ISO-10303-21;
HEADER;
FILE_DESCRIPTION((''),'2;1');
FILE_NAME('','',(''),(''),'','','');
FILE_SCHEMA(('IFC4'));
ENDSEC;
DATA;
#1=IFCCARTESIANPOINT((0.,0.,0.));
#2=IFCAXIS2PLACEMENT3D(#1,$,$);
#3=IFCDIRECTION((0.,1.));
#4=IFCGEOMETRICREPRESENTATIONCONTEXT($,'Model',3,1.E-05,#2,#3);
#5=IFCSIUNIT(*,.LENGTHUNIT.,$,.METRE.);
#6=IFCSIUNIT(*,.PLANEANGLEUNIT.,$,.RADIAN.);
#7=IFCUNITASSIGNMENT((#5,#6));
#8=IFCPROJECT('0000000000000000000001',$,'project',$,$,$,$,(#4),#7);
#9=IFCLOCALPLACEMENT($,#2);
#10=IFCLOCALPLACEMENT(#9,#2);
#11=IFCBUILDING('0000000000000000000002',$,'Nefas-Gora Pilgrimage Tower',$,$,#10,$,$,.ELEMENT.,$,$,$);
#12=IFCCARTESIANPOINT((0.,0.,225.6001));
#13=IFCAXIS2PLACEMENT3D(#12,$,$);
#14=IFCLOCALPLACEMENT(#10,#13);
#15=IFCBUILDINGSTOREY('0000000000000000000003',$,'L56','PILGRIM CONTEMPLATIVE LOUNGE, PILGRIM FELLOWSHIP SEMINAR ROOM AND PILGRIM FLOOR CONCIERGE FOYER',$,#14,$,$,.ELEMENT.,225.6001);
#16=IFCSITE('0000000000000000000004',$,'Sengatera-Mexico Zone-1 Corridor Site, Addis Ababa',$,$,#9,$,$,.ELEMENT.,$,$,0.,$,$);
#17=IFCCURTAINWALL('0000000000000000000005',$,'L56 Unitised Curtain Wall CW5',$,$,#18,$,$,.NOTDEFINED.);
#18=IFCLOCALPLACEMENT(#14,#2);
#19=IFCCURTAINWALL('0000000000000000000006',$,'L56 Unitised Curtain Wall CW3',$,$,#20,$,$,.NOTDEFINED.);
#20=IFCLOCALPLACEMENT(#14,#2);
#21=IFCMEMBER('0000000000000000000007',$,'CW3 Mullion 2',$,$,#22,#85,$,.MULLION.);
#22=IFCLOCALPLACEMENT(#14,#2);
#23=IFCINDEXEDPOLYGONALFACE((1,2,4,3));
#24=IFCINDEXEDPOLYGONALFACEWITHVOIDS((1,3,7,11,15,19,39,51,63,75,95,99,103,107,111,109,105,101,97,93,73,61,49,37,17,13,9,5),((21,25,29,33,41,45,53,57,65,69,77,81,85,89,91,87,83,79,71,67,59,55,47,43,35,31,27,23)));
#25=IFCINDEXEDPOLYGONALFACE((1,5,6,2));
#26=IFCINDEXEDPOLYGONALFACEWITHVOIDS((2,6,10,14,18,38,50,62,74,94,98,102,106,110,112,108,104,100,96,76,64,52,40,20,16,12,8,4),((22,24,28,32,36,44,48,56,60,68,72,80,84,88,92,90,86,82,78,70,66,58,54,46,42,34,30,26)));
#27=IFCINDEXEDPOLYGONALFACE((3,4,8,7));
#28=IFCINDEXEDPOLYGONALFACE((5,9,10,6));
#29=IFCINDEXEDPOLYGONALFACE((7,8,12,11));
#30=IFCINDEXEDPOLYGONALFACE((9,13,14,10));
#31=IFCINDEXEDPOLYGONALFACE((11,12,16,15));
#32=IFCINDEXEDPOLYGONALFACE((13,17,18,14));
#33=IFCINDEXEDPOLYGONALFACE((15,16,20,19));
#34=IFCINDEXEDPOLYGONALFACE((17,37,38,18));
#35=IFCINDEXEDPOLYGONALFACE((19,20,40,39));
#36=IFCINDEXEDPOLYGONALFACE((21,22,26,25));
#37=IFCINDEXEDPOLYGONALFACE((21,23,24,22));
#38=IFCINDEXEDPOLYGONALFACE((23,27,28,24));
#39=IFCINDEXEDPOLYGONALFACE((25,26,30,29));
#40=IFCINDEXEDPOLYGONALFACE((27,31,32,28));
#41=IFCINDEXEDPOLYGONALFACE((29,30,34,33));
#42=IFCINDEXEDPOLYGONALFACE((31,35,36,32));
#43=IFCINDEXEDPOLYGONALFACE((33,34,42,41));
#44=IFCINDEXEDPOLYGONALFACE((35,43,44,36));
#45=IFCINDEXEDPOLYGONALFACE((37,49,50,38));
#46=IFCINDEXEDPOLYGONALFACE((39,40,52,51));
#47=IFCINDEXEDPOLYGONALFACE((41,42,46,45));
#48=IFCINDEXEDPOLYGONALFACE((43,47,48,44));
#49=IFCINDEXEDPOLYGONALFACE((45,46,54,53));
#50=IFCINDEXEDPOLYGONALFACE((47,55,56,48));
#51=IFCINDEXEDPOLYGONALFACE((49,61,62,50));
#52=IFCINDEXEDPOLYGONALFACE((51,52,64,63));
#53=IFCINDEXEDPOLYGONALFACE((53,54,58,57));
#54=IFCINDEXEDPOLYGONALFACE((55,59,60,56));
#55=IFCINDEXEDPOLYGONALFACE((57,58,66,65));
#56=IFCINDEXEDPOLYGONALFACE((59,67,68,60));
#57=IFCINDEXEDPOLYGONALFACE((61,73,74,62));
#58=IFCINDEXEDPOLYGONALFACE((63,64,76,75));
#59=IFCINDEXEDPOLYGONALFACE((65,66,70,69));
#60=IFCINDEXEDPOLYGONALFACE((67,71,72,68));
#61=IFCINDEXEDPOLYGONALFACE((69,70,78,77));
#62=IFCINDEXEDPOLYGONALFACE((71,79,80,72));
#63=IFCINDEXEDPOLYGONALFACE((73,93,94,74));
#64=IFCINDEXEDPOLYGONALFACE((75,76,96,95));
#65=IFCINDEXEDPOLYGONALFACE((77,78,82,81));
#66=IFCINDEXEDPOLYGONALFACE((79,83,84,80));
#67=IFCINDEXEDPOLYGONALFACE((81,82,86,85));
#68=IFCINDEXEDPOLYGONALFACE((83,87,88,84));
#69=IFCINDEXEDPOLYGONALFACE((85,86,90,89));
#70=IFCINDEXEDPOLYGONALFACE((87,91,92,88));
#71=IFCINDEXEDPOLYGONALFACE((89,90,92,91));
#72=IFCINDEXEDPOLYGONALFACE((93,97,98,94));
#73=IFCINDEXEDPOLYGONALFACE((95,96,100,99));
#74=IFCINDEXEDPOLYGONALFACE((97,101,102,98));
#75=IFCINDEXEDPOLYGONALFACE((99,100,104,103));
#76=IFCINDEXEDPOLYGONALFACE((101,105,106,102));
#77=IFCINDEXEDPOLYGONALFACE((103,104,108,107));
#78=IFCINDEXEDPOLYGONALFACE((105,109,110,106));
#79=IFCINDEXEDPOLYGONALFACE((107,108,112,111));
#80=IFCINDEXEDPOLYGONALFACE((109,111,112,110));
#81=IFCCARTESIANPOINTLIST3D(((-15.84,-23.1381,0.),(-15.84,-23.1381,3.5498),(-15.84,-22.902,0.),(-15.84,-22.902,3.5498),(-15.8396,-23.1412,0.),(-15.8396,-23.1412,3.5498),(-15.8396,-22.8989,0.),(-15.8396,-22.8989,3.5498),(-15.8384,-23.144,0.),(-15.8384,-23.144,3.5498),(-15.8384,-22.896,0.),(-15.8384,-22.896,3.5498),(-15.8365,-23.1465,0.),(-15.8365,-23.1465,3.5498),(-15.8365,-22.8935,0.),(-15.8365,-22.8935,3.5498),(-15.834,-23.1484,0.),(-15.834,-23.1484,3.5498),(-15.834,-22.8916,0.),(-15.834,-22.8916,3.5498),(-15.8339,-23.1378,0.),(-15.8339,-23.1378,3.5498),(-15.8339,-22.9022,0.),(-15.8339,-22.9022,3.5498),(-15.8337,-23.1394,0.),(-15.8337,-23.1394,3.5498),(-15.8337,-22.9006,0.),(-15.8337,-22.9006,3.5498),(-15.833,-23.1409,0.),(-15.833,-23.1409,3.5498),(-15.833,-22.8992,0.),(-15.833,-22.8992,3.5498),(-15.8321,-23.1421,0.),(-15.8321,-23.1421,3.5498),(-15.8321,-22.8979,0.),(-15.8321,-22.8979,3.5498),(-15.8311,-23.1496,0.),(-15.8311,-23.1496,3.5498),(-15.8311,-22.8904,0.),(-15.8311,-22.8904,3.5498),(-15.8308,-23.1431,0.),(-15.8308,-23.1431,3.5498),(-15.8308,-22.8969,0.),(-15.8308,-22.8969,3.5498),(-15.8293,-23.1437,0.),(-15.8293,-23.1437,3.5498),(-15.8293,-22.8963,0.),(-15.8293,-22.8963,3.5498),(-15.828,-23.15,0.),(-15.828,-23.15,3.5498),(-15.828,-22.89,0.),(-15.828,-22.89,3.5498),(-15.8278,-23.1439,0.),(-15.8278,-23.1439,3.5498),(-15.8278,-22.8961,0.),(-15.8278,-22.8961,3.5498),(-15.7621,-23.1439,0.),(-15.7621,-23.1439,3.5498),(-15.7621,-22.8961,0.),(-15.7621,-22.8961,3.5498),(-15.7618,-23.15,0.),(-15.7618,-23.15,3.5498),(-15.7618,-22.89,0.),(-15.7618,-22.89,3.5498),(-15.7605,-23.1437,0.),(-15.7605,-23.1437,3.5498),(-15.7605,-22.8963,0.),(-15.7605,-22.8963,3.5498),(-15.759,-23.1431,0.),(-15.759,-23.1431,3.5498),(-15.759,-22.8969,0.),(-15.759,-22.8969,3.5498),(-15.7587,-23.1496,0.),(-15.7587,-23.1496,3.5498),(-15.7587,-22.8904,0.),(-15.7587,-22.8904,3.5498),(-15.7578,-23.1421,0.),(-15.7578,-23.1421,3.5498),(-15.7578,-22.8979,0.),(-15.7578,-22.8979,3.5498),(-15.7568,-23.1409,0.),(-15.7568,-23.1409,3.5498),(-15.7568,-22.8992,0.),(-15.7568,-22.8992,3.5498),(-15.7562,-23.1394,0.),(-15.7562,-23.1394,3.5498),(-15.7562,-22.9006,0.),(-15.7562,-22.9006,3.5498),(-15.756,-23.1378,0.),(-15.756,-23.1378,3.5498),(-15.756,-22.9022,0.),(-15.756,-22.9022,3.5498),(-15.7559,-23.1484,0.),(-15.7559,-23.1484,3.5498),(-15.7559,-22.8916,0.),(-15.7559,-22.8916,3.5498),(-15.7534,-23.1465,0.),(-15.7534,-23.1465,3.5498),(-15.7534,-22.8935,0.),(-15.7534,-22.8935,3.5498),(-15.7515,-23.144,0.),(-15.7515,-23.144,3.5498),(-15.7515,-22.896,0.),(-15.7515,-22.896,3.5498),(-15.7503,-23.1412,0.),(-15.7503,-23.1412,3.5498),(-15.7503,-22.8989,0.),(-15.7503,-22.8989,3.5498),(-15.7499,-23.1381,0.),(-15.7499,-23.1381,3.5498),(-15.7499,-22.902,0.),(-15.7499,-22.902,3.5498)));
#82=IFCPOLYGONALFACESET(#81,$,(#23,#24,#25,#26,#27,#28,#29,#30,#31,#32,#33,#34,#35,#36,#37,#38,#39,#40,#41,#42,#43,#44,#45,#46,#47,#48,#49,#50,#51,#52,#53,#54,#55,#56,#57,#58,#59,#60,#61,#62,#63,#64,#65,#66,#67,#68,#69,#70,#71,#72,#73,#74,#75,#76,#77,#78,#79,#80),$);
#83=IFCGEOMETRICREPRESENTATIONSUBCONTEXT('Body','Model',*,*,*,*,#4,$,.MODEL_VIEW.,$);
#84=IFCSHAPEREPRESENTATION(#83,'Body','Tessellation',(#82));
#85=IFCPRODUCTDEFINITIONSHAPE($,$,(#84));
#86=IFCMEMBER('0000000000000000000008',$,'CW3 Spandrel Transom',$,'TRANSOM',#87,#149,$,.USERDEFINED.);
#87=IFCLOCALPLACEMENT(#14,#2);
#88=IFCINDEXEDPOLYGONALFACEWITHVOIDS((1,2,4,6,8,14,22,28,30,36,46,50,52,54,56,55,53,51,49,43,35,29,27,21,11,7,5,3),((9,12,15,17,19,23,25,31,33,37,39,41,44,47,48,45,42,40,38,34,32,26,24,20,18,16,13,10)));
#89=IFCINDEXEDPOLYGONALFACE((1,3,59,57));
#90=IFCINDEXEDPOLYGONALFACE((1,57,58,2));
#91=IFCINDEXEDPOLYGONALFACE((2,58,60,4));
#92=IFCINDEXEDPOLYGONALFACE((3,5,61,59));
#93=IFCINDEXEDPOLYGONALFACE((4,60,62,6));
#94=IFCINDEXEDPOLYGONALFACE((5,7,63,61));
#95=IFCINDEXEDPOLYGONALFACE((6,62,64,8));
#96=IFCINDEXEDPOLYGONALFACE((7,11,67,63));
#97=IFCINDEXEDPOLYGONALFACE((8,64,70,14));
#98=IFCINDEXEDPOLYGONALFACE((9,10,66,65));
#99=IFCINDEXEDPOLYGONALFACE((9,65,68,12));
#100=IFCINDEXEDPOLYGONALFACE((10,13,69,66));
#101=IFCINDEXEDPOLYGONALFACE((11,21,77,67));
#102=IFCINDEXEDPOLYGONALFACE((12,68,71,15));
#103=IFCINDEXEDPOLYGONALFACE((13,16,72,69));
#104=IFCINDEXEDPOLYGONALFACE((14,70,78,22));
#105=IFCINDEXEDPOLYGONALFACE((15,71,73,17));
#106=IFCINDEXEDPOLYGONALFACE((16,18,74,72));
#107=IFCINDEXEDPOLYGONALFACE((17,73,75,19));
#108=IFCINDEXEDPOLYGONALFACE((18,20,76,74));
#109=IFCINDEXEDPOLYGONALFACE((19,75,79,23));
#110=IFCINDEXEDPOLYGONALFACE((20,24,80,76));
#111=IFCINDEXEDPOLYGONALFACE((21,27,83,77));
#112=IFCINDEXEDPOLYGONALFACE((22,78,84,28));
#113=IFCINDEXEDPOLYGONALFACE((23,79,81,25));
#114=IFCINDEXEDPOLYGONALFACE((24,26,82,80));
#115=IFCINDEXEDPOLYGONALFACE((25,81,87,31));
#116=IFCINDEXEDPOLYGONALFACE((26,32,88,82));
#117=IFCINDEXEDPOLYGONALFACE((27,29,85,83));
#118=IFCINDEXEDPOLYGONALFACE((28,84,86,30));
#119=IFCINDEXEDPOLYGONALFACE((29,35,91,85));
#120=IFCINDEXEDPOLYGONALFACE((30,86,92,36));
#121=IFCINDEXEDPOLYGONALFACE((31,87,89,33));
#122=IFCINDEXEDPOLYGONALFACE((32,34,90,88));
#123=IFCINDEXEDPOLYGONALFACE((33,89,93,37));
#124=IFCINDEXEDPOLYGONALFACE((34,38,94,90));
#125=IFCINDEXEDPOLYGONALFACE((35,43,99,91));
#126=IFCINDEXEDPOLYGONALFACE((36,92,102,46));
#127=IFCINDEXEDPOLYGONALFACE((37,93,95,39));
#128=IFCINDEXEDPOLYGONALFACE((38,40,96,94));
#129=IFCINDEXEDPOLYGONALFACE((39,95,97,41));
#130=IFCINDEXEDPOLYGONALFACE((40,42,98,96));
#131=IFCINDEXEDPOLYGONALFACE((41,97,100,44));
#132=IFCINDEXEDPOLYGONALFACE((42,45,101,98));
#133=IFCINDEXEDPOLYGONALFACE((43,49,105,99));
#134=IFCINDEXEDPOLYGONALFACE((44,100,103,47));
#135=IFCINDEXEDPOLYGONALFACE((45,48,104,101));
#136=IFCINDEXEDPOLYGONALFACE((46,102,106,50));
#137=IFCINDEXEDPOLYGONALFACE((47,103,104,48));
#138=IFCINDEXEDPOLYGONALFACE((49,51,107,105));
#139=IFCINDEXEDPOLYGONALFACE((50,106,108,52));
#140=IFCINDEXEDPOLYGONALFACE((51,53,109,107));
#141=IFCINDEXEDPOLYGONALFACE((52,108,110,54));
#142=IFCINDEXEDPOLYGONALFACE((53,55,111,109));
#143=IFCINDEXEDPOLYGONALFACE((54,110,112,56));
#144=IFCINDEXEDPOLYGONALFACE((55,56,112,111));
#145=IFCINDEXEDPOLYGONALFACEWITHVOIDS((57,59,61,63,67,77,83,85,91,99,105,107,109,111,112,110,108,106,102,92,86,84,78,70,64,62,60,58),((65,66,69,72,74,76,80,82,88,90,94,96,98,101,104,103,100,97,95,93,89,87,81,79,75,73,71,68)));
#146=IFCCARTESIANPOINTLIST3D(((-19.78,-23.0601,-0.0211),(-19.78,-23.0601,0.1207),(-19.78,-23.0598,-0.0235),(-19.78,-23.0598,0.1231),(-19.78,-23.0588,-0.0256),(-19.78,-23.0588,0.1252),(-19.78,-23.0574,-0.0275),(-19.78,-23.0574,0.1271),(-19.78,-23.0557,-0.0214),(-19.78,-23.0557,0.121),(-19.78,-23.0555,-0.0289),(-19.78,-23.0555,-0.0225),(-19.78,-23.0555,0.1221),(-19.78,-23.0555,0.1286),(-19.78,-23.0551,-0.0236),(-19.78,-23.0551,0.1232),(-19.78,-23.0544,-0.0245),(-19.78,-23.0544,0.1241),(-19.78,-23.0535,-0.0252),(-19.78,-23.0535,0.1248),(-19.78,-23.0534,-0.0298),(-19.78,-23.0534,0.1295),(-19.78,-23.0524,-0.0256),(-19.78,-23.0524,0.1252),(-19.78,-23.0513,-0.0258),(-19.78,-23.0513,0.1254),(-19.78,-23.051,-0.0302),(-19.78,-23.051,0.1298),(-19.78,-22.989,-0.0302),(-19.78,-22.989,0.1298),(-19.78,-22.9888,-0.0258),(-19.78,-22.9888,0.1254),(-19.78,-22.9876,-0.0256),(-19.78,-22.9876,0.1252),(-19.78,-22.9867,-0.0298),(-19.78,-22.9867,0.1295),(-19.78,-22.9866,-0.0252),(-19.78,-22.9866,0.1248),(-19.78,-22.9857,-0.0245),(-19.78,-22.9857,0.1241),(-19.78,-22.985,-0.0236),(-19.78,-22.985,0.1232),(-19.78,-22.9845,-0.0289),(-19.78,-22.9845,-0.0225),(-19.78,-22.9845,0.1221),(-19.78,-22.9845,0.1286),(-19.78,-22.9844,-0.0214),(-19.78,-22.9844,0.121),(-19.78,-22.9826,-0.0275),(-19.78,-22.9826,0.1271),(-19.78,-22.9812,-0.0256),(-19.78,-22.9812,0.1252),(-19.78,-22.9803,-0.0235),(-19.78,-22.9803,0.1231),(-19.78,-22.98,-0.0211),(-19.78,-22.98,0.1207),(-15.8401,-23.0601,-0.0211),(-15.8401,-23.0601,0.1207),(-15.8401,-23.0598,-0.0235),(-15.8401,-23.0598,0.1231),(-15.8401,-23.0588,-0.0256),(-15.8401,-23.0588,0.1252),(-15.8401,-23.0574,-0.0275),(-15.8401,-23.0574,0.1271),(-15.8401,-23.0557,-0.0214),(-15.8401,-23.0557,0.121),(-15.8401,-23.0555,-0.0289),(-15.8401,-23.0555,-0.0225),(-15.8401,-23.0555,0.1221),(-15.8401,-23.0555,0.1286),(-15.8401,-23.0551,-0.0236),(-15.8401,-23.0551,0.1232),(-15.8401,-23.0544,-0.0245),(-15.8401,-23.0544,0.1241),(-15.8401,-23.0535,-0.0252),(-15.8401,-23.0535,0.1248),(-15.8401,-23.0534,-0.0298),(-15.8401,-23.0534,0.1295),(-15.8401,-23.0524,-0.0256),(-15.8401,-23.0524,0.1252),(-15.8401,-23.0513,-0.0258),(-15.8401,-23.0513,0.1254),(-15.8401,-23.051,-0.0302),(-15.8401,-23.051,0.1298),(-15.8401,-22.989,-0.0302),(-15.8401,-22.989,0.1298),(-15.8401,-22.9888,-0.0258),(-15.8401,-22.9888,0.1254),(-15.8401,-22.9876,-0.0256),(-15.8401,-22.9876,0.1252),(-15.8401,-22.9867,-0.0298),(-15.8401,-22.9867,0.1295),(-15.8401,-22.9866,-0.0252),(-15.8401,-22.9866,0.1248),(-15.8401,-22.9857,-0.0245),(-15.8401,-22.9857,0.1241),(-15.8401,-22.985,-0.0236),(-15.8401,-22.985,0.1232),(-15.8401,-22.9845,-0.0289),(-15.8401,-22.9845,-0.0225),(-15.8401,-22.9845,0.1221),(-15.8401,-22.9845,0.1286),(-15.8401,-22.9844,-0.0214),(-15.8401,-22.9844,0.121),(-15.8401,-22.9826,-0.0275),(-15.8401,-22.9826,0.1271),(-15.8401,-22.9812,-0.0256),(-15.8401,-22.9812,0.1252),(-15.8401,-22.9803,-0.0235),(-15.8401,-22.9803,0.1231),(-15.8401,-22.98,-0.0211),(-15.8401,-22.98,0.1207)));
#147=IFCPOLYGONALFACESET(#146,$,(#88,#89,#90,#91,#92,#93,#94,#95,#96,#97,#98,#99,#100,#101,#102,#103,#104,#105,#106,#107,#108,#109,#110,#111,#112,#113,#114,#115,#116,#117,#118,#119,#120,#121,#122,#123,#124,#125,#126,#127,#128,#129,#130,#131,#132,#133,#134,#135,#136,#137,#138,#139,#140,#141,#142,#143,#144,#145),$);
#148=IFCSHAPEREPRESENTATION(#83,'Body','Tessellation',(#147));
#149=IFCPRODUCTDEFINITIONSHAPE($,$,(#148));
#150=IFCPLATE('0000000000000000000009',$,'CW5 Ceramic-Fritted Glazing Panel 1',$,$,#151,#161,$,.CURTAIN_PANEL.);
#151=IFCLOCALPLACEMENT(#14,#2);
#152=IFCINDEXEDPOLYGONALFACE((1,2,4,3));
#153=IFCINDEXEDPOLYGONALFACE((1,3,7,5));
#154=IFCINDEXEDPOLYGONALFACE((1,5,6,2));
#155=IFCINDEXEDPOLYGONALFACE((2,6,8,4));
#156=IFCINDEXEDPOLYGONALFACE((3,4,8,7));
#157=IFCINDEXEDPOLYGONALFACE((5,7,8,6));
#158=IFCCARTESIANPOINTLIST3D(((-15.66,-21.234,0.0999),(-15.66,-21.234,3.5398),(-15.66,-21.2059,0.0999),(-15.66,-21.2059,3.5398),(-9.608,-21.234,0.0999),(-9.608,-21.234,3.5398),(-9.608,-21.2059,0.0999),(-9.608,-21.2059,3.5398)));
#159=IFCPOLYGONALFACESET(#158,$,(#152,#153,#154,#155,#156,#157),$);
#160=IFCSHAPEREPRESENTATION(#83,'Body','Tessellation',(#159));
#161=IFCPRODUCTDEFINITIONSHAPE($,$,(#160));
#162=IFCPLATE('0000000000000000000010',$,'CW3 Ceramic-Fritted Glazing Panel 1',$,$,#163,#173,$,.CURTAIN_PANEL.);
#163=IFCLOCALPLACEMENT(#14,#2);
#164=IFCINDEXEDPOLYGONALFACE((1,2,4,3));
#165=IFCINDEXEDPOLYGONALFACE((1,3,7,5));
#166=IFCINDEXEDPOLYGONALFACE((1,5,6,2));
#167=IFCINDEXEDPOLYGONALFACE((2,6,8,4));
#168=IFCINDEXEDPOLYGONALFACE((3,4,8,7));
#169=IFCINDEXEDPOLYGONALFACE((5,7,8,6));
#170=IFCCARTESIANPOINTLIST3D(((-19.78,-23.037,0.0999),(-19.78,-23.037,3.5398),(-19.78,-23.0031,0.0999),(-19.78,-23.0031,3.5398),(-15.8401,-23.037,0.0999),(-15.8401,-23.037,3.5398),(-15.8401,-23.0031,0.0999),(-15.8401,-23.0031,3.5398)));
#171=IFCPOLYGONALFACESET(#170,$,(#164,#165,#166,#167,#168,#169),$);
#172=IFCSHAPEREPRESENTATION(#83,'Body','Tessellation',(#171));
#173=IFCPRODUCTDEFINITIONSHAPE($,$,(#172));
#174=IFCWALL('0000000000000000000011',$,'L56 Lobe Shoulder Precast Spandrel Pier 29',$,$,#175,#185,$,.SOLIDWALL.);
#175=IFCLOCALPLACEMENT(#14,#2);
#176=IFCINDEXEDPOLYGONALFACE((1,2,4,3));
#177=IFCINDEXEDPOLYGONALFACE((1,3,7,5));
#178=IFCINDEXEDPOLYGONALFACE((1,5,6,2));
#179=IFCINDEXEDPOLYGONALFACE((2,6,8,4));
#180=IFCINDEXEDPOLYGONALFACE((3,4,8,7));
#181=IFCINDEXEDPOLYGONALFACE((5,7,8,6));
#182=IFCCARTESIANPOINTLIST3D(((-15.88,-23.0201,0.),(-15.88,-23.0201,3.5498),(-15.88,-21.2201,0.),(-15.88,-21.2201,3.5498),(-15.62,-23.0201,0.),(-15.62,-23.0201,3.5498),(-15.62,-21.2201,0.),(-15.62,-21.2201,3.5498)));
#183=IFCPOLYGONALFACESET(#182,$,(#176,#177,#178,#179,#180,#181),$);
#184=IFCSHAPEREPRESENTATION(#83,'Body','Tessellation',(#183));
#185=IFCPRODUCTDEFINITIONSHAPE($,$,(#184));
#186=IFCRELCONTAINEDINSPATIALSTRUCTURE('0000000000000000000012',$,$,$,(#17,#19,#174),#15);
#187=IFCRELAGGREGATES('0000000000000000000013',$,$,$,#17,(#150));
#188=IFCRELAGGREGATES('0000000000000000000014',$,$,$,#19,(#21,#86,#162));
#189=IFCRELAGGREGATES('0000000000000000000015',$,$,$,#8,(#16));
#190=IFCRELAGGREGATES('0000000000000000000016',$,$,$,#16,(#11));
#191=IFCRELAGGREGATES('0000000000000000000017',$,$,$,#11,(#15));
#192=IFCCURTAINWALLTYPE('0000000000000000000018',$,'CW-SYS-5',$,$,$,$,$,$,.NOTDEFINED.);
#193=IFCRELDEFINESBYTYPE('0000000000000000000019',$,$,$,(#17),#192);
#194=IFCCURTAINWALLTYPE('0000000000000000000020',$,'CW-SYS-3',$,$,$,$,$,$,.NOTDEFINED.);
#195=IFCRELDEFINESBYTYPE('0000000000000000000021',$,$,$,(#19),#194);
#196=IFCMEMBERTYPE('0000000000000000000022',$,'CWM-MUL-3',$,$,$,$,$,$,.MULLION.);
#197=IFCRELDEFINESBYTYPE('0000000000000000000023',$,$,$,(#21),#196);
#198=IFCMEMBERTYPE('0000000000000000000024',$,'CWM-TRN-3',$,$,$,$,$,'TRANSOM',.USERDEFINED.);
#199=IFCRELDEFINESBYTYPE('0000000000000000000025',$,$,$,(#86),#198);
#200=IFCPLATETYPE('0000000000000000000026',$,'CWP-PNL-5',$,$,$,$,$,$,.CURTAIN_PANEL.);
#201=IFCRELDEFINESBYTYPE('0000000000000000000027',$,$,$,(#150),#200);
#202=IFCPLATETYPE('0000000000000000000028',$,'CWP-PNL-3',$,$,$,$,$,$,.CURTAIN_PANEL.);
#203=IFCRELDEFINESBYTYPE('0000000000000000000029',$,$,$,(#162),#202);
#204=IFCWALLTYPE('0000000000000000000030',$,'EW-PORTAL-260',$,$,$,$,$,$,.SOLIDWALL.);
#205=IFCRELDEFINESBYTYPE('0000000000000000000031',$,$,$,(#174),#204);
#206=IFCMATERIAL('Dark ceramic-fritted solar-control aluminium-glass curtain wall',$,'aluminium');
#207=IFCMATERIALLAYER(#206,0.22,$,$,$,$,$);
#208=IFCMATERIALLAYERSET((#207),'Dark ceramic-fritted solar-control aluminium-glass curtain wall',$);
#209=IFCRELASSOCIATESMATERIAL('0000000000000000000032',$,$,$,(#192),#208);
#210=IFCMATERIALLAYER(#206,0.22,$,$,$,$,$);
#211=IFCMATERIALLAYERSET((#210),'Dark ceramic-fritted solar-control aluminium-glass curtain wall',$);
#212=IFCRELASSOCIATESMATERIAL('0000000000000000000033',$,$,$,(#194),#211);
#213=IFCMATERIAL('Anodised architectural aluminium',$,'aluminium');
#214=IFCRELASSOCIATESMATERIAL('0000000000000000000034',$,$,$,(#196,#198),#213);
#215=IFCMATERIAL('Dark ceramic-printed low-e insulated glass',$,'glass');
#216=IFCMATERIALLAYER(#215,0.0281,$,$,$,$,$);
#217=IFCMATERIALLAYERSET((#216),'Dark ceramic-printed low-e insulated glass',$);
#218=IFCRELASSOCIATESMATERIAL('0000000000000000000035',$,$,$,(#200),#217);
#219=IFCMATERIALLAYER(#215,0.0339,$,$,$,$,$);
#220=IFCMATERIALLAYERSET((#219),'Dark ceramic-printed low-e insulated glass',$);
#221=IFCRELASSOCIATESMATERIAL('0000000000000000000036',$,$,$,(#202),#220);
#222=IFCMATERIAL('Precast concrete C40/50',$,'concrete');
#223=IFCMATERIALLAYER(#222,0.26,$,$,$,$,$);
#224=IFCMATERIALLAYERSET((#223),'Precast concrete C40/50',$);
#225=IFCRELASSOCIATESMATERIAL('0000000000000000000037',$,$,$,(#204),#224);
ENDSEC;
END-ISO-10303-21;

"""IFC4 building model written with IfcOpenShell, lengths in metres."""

from ifc_helpers import new_model, si_unit, direction, frame, frame_2d, origin, origin_2d, place, context, subcontext, project, spatial, rectangle, hollow_rectangle, extrude, source, transform, mapped, material, layer, layer_set, material_profile, profile_set, type_object, element, aggregate, save


model = new_model("IFC4")

# Units and contexts
model_context = context("Model", 3, precision=1e-05, world=origin(), true_north=direction((0.0, 1.0)))
body_context = subcontext(model_context, "Body", "Model", "MODEL_VIEW")
ifc_project = project(units=[si_unit("LENGTHUNIT", "METRE"), si_unit("PLANEANGLEUNIT", "RADIAN")], contexts=[model_context])

# Site, building, storey
site_placement = place(None, origin())
site = spatial("IfcSite", under=ifc_project, at=site_placement, Name="Sengatera-Mexico Zone-1 Corridor Site, Addis Ababa", CompositionType="ELEMENT", RefElevation=0.0)
building_placement = place(site_placement, origin())
building = spatial("IfcBuilding", under=site, at=building_placement, Name="Nefas-Gora Pilgrimage Tower", CompositionType="ELEMENT")
storey_placement = place(building_placement, frame((0.0, 0.0, 225.6001)))
storey = spatial("IfcBuildingStorey", under=building, at=storey_placement, Name="L56", Description="PILGRIM CONTEMPLATIVE LOUNGE, PILGRIM FELLOWSHIP SEMINAR ROOM AND PILGRIM FLOOR CONCIERGE FOYER", CompositionType="ELEMENT", Elevation=225.6001)

# Curtain wall
ifc_material_1 = material(Name="Dark ceramic-fritted solar-control aluminium-glass curtain wall", Category="aluminium")
ifc_layer_1 = layer(ifc_material_1, 0.22)
ifc_layer_set_1 = layer_set([ifc_layer_1], Name="Dark ceramic-fritted solar-control aluminium-glass curtain wall")
curtain_wall_type_1 = type_object("IfcCurtainWallType", Name="CW-SYS-5", PredefinedType="NOTDEFINED", material=ifc_layer_set_1)
curtain_wall_1_placement = place(storey_placement, origin())
curtain_wall_1 = element("IfcCurtainWall", 1, at=curtain_wall_1_placement, inside=storey, type_object=curtain_wall_type_1, Name="L56 Unitised Curtain Wall CW5", PredefinedType="NOTDEFINED")
ifc_material_2 = material(Name="Anodised architectural aluminium", Category="aluminium")

# Shared definitions
ifc_layer_2 = layer(ifc_material_1, 0.22)
ifc_layer_set_2 = layer_set([ifc_layer_2], Name="Dark ceramic-fritted solar-control aluminium-glass curtain wall")
curtain_wall_type_2 = type_object("IfcCurtainWallType", Name="CW-SYS-3", PredefinedType="NOTDEFINED", material=ifc_layer_set_2)
ifc_material_profile_1 = material_profile(ifc_material_2, hollow_rectangle(XDim=0.0901, YDim=0.26, WallThickness=0.0061, InnerFilletRadius=0.0061, OuterFilletRadius=0.012, at=origin_2d()), Name="ALU MULLION 90x260")
ifc_profile_set_1 = profile_set([ifc_material_profile_1], Name="Anodised architectural aluminium")
member_type_1 = type_object("IfcMemberType", Name="CWM-MUL-3", PredefinedType="MULLION", material=ifc_profile_set_1)
shared_shape_1 = source(origin(), body_context, "Body", "SweptSolid", [
    extrude(hollow_rectangle(XDim=0.0901, YDim=0.26, WallThickness=0.0061, InnerFilletRadius=0.0061, OuterFilletRadius=0.012, at=origin_2d()), origin(), (0.0, 0.0, 1.0), 3.5498),
])

# Curtain wall, members
curtain_wall_2_placement = place(storey_placement, origin())
curtain_wall_2 = element("IfcCurtainWall", 2, at=curtain_wall_2_placement, inside=storey, type_object=curtain_wall_type_2, Name="L56 Unitised Curtain Wall CW3", PredefinedType="NOTDEFINED")
member_1_placement = place(storey_placement, frame((-15.7949, -23.02, 0.0), z_axis=(0.0, 0.0, 1.0), x_axis=(1.0, 0.0, 0.0)))
member_1 = element("IfcMember", 3, at=member_1_placement, type_object=member_type_1, Name="CW3 Mullion 2", PredefinedType="MULLION", context=body_context, shape_type="MappedRepresentation", body=[
    mapped(shared_shape_1, transform((0.0, 0.0, 0.0), x_axis=(1.0, 0.0, 0.0), y_axis=(0.0, 1.0, 0.0), z_axis=(0.0, 0.0, 1.0), scale=1.0)),
])
ifc_material_profile_2 = material_profile(ifc_material_2, hollow_rectangle(XDim=0.0801, YDim=0.1599, WallThickness=0.0044, InnerFilletRadius=0.0044, OuterFilletRadius=0.009, at=origin_2d()), Name="ALU TRANSOM 80x160")
ifc_profile_set_2 = profile_set([ifc_material_profile_2], Name="Anodised architectural aluminium")
member_type_2 = type_object("IfcMemberType", Name="CWM-TRN-3", ElementType="TRANSOM", PredefinedType="USERDEFINED", material=ifc_profile_set_2)
shared_shape_2 = source(origin(), body_context, "Body", "SweptSolid", [
    extrude(hollow_rectangle(XDim=0.0801, YDim=0.1599, WallThickness=0.0044, InnerFilletRadius=0.0044, OuterFilletRadius=0.009, at=origin_2d()), origin(), (0.0, 0.0, 1.0), 3.9399),
])
member_2_placement = place(storey_placement, frame((-19.78, -23.02, 0.0498), z_axis=(1.0, 0.0, 0.0), x_axis=(0.0, 1.0, 0.0)))
member_2 = element("IfcMember", 4, at=member_2_placement, type_object=member_type_2, Name="CW3 Spandrel Transom", ObjectType="TRANSOM", PredefinedType="USERDEFINED", context=body_context, shape_type="MappedRepresentation", body=[
    mapped(shared_shape_2, transform((0.0, 0.0, 0.0), x_axis=(1.0, 0.0, 0.0), y_axis=(0.0, 1.0, 0.0), z_axis=(0.0, 0.0, 1.0), scale=1.0)),
])

# Plates
ifc_material_3 = material(Name="Dark ceramic-printed low-e insulated glass", Category="glass")
ifc_layer_3 = layer(ifc_material_3, 0.0281)
ifc_layer_set_3 = layer_set([ifc_layer_3], Name="Dark ceramic-printed low-e insulated glass")
plate_type_1 = type_object("IfcPlateType", Name="CWP-PNL-5", PredefinedType="CURTAIN_PANEL", material=ifc_layer_set_3)
shared_shape_3 = source(origin(), body_context, "Body", "SweptSolid", [
    extrude(rectangle(XDim=6.052, YDim=0.0281, at=origin_2d()), origin(), (0.0, 0.0, 1.0), 3.4399),
])
plate_1_placement = place(storey_placement, frame((-12.634, -21.22, 0.0999), z_axis=(0.0, 0.0, 1.0), x_axis=(1.0, 0.0, 0.0)))
plate_1 = element("IfcPlate", 5, at=plate_1_placement, type_object=plate_type_1, Name="CW5 Ceramic-Fritted Glazing Panel 1", PredefinedType="CURTAIN_PANEL", context=body_context, shape_type="MappedRepresentation", body=[
    mapped(shared_shape_3, transform((0.0, 0.0, 0.0), x_axis=(1.0, 0.0, 0.0), y_axis=(0.0, 1.0, 0.0), z_axis=(0.0, 0.0, 1.0), scale=1.0)),
])
aggregate(curtain_wall_1, [plate_1])
ifc_layer_4 = layer(ifc_material_3, 0.0339)
ifc_layer_set_4 = layer_set([ifc_layer_4], Name="Dark ceramic-printed low-e insulated glass")
plate_type_2 = type_object("IfcPlateType", Name="CWP-PNL-3", PredefinedType="CURTAIN_PANEL", material=ifc_layer_set_4)
shared_shape_4 = source(origin(), body_context, "Body", "SweptSolid", [
    extrude(rectangle(XDim=3.9399, YDim=0.0339, at=origin_2d()), origin(), (0.0, 0.0, 1.0), 3.4399),
])
plate_2_placement = place(storey_placement, frame((-17.8101, -23.02, 0.0999), z_axis=(0.0, 0.0, 1.0), x_axis=(1.0, 0.0, 0.0)))
plate_2 = element("IfcPlate", 6, at=plate_2_placement, type_object=plate_type_2, Name="CW3 Ceramic-Fritted Glazing Panel 1", PredefinedType="CURTAIN_PANEL", context=body_context, shape_type="MappedRepresentation", body=[
    mapped(shared_shape_4, transform((0.0, 0.0, 0.0), x_axis=(1.0, 0.0, 0.0), y_axis=(0.0, 1.0, 0.0), z_axis=(0.0, 0.0, 1.0), scale=1.0)),
])
aggregate(curtain_wall_2, [member_1, member_2, plate_2])

# Wall
ifc_material_4 = material(Name="Precast concrete C40/50", Category="concrete")
ifc_layer_5 = layer(ifc_material_4, 0.26)
ifc_layer_set_5 = layer_set([ifc_layer_5], Name="Precast concrete C40/50")
wall_type_1 = type_object("IfcWallType", Name="EW-PORTAL-260", PredefinedType="SOLIDWALL", material=ifc_layer_set_5)
shared_shape_5 = source(origin(), body_context, "Body", "SweptSolid", [
    extrude(rectangle(XDim=1.8, YDim=0.26, at=frame_2d((0.8999, 0.0))), origin(), (0.0, 0.0, 1.0), 3.5498),
])
wall_1_placement = place(storey_placement, frame((-15.75, -23.02, 0.0), z_axis=(0.0, 0.0, 1.0), x_axis=(0.0, 1.0, 0.0)))
element("IfcWall", 7, at=wall_1_placement, inside=storey, type_object=wall_type_1, Name="L56 Lobe Shoulder Precast Spandrel Pier 29", PredefinedType="SOLIDWALL", context=body_context, shape_type="MappedRepresentation", body=[
    mapped(shared_shape_5, transform((0.0, 0.0, 0.0), x_axis=(1.0, 0.0, 0.0), y_axis=(0.0, 1.0, 0.0), z_axis=(0.0, 0.0, 1.0), scale=1.0)),
])

save(model, "model.ifc")
